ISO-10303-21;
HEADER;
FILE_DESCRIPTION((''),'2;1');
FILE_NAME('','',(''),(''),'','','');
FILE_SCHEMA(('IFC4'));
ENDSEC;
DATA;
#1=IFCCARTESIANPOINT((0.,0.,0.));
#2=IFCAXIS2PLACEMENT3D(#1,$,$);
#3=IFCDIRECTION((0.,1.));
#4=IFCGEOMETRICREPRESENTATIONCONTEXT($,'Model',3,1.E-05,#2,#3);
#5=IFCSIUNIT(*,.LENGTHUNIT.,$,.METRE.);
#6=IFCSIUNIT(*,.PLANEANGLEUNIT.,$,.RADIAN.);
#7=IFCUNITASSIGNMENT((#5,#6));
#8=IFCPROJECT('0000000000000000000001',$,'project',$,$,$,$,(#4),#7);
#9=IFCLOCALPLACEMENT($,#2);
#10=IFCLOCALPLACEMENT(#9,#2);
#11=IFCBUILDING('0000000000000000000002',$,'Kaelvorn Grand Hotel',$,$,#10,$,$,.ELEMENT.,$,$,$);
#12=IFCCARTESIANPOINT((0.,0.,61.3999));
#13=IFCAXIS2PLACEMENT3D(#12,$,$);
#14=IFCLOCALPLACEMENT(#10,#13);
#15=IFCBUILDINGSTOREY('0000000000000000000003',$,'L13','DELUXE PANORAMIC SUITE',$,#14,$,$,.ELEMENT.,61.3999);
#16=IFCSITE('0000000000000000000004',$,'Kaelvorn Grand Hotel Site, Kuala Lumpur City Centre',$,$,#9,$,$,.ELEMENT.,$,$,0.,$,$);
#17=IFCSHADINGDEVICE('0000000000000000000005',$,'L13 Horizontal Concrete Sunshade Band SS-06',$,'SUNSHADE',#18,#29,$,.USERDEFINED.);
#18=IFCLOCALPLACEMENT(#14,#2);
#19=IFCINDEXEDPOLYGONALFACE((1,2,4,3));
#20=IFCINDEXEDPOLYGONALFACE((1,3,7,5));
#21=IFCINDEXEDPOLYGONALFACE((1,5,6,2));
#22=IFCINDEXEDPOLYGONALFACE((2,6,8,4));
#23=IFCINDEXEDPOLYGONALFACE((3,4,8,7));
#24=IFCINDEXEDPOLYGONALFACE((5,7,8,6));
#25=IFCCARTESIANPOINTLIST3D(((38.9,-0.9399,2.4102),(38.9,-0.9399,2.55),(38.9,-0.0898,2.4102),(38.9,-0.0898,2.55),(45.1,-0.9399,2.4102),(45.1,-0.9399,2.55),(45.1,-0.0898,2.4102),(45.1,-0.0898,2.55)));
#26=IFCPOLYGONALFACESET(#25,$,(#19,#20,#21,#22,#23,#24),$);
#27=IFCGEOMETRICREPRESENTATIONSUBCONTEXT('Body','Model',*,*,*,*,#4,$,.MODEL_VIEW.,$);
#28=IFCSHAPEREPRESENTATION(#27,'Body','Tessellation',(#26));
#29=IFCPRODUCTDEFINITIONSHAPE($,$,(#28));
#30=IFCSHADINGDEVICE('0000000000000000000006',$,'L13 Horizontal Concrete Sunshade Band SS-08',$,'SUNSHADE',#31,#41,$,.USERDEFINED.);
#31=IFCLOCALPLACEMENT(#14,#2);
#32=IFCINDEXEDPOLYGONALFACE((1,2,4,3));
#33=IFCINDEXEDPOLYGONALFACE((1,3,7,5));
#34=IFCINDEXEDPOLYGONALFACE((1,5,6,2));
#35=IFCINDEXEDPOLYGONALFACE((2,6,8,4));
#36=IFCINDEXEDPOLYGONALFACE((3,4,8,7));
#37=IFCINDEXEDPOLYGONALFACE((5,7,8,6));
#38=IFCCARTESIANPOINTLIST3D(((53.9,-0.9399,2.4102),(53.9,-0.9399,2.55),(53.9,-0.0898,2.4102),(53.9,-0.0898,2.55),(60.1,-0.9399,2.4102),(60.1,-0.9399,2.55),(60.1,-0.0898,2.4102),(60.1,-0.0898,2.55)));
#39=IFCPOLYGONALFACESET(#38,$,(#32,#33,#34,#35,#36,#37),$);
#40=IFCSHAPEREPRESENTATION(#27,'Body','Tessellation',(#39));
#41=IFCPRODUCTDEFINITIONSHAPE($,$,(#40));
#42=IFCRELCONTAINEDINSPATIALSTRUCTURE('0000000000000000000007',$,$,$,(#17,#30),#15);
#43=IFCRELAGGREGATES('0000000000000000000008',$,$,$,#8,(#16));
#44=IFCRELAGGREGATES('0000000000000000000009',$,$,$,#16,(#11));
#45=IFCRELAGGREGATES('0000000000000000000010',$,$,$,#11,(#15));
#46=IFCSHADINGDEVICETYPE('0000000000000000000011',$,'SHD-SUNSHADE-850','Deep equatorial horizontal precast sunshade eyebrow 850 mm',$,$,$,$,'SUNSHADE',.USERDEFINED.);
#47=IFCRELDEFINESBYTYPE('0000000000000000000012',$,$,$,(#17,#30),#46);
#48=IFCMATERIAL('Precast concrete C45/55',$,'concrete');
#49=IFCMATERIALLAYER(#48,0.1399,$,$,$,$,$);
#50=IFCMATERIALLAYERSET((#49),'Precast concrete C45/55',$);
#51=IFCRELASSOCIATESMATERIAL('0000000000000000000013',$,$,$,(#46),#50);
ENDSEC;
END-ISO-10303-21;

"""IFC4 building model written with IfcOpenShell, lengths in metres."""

from ifc_helpers import new_model, si_unit, direction, frame, origin, origin_2d, place, context, subcontext, project, spatial, rectangle, extrude, material, layer, layer_set, type_object, element, save


model = new_model("IFC4")

# Units and contexts
model_context = context("Model", 3, precision=1e-05, world=origin(), true_north=direction((0.0, 1.0)))
body_context = subcontext(model_context, "Body", "Model", "MODEL_VIEW")
ifc_project = project(units=[si_unit("LENGTHUNIT", "METRE"), si_unit("PLANEANGLEUNIT", "RADIAN")], contexts=[model_context])

# Site, building, storey
site_placement = place(None, origin())
site = spatial("IfcSite", under=ifc_project, at=site_placement, Name="Kaelvorn Grand Hotel Site, Kuala Lumpur City Centre", CompositionType="ELEMENT", RefElevation=0.0)
building_placement = place(site_placement, origin())
building = spatial("IfcBuilding", under=site, at=building_placement, Name="Kaelvorn Grand Hotel", CompositionType="ELEMENT")
storey_placement = place(building_placement, frame((0.0, 0.0, 61.3999)))
storey = spatial("IfcBuildingStorey", under=building, at=storey_placement, Name="L13", Description="DELUXE PANORAMIC SUITE", CompositionType="ELEMENT", Elevation=61.3999)

# Shading devices
ifc_material_1 = material(Name="Precast concrete C45/55", Category="concrete")
ifc_layer_1 = layer(ifc_material_1, 0.1399)
ifc_layer_set_1 = layer_set([ifc_layer_1], Name="Precast concrete C45/55")
shading_device_type_1 = type_object("IfcShadingDeviceType", Name="SHD-SUNSHADE-850", Description="Deep equatorial horizontal precast sunshade eyebrow 850 mm", ElementType="SUNSHADE", PredefinedType="USERDEFINED", material=ifc_layer_set_1)
for number, where, z_axis, x_axis, name in (
    (1, (42.0, -0.5149, 2.4102), (0.0, 0.0, 1.0), (1.0, 0.0, 0.0), "L13 Horizontal Concrete Sunshade Band SS-06"),
    (2, (57.0, -0.5149, 2.4102), (0.0, 0.0, 1.0), (1.0, 0.0, 0.0), "L13 Horizontal Concrete Sunshade Band SS-08"),
):
    element("IfcShadingDevice", number, at=place(storey_placement, frame(where, z_axis=z_axis, x_axis=x_axis)), inside=storey, type_object=shading_device_type_1, Name=name, ObjectType="SUNSHADE", PredefinedType="USERDEFINED", context=body_context, shape_type="SweptSolid", body=[
        extrude(rectangle(XDim=6.2, YDim=0.8501, at=origin_2d()), origin(), (0.0, 0.0, 1.0), 0.1399),
    ])

save(model, "model.ifc")
